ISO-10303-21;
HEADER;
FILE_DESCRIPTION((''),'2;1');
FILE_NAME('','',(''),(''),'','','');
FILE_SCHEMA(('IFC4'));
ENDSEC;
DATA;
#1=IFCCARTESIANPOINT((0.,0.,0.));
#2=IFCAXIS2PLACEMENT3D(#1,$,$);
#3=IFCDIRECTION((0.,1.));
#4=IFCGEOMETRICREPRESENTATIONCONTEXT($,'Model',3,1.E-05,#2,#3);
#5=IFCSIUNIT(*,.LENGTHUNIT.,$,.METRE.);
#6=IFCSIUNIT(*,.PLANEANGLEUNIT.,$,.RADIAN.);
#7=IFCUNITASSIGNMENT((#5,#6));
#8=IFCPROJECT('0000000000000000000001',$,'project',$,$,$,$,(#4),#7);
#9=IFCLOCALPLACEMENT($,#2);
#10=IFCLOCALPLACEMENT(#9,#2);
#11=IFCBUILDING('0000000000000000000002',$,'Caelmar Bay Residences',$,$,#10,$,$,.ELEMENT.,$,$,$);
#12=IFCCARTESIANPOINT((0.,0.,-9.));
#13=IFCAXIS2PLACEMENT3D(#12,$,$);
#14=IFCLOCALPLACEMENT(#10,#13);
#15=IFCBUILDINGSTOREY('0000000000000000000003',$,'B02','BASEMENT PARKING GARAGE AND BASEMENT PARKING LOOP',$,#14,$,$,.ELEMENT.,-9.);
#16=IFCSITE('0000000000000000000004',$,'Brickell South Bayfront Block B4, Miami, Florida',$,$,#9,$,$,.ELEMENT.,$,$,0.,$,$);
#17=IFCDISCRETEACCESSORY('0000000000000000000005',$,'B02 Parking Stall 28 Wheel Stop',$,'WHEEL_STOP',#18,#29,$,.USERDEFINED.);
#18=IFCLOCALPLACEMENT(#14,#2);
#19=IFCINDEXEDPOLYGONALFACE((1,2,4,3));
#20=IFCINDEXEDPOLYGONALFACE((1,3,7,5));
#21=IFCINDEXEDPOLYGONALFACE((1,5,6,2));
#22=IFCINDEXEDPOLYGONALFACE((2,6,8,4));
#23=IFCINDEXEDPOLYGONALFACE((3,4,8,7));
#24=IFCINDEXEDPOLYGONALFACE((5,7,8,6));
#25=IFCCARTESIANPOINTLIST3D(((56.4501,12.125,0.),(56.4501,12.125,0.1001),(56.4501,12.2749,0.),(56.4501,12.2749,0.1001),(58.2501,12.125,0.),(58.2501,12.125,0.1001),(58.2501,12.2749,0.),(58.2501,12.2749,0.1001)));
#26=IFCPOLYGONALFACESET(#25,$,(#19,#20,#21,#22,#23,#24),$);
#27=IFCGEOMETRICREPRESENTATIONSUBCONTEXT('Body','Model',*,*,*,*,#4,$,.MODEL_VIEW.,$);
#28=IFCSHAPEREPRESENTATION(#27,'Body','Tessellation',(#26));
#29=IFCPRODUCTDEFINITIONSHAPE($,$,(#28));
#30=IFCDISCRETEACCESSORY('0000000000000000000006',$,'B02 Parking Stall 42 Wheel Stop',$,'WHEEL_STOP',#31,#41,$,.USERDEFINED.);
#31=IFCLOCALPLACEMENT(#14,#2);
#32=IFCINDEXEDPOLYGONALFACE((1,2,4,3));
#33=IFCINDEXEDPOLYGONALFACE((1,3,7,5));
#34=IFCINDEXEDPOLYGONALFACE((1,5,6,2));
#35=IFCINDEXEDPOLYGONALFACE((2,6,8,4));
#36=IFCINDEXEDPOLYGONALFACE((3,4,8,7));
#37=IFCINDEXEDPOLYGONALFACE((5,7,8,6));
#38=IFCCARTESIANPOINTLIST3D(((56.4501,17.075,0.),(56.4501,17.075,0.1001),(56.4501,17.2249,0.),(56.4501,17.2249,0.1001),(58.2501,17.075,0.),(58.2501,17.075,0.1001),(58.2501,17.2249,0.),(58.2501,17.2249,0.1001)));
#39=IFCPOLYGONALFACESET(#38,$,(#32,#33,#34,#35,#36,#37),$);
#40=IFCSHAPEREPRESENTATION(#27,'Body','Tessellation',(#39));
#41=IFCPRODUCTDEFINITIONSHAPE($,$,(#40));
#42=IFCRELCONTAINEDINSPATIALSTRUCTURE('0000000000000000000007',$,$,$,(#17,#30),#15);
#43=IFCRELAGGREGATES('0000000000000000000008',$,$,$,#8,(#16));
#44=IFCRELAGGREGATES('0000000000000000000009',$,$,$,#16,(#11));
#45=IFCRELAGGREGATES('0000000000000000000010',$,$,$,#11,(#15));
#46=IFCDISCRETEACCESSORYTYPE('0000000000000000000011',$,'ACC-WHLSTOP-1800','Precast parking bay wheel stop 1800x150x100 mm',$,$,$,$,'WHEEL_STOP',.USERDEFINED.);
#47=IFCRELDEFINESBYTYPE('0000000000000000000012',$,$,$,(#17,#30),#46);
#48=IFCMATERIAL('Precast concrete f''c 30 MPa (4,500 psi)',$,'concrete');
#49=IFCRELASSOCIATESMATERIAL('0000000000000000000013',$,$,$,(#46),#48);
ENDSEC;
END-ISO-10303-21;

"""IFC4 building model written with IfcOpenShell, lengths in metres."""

from ifc_helpers import new_model, si_unit, direction, frame, origin, origin_2d, place, context, subcontext, project, spatial, rectangle, extrude, material, type_object, element, save


model = new_model("IFC4")

# Units and contexts
model_context = context("Model", 3, precision=1e-05, world=origin(), true_north=direction((0.0, 1.0)))
body_context = subcontext(model_context, "Body", "Model", "MODEL_VIEW")
ifc_project = project(units=[si_unit("LENGTHUNIT", "METRE"), si_unit("PLANEANGLEUNIT", "RADIAN")], contexts=[model_context])

# Site, building, storey
site_placement = place(None, origin())
site = spatial("IfcSite", under=ifc_project, at=site_placement, Name="Brickell South Bayfront Block B4, Miami, Florida", CompositionType="ELEMENT", RefElevation=0.0)
building_placement = place(site_placement, origin())
building = spatial("IfcBuilding", under=site, at=building_placement, Name="Caelmar Bay Residences", CompositionType="ELEMENT")
storey_placement = place(building_placement, frame((0.0, 0.0, -9.0)))
storey = spatial("IfcBuildingStorey", under=building, at=storey_placement, Name="B02", Description="BASEMENT PARKING GARAGE AND BASEMENT PARKING LOOP", CompositionType="ELEMENT", Elevation=-9.0)

# Discrete accessories
ifc_material_1 = material(Name="Precast concrete f'c 30 MPa (4,500 psi)", Category="concrete")
discrete_accessory_type = type_object("IfcDiscreteAccessoryType", Name="ACC-WHLSTOP-1800", Description="Precast parking bay wheel stop 1800x150x100 mm", ElementType="WHEEL_STOP", PredefinedType="USERDEFINED", material=ifc_material_1)
for number, where, z_axis, x_axis, name in (
    (1, (57.3501, 12.2, 0.0), (0.0, 0.0, 1.0), (1.0, 0.0, 0.0), "B02 Parking Stall 28 Wheel Stop"),
    (2, (57.3501, 17.1499, 0.0), (0.0, 0.0, 1.0), (1.0, 0.0, 0.0), "B02 Parking Stall 42 Wheel Stop"),
):
    element("IfcDiscreteAccessory", number, at=place(storey_placement, frame(where, z_axis=z_axis, x_axis=x_axis)), inside=storey, type_object=discrete_accessory_type, Name=name, ObjectType="WHEEL_STOP", PredefinedType="USERDEFINED", context=body_context, shape_type="SweptSolid", body=[
        extrude(rectangle(XDim=1.8, YDim=0.1499, at=origin_2d()), origin(), (0.0, 0.0, 1.0), 0.1001),
    ])

save(model, "model.ifc")
